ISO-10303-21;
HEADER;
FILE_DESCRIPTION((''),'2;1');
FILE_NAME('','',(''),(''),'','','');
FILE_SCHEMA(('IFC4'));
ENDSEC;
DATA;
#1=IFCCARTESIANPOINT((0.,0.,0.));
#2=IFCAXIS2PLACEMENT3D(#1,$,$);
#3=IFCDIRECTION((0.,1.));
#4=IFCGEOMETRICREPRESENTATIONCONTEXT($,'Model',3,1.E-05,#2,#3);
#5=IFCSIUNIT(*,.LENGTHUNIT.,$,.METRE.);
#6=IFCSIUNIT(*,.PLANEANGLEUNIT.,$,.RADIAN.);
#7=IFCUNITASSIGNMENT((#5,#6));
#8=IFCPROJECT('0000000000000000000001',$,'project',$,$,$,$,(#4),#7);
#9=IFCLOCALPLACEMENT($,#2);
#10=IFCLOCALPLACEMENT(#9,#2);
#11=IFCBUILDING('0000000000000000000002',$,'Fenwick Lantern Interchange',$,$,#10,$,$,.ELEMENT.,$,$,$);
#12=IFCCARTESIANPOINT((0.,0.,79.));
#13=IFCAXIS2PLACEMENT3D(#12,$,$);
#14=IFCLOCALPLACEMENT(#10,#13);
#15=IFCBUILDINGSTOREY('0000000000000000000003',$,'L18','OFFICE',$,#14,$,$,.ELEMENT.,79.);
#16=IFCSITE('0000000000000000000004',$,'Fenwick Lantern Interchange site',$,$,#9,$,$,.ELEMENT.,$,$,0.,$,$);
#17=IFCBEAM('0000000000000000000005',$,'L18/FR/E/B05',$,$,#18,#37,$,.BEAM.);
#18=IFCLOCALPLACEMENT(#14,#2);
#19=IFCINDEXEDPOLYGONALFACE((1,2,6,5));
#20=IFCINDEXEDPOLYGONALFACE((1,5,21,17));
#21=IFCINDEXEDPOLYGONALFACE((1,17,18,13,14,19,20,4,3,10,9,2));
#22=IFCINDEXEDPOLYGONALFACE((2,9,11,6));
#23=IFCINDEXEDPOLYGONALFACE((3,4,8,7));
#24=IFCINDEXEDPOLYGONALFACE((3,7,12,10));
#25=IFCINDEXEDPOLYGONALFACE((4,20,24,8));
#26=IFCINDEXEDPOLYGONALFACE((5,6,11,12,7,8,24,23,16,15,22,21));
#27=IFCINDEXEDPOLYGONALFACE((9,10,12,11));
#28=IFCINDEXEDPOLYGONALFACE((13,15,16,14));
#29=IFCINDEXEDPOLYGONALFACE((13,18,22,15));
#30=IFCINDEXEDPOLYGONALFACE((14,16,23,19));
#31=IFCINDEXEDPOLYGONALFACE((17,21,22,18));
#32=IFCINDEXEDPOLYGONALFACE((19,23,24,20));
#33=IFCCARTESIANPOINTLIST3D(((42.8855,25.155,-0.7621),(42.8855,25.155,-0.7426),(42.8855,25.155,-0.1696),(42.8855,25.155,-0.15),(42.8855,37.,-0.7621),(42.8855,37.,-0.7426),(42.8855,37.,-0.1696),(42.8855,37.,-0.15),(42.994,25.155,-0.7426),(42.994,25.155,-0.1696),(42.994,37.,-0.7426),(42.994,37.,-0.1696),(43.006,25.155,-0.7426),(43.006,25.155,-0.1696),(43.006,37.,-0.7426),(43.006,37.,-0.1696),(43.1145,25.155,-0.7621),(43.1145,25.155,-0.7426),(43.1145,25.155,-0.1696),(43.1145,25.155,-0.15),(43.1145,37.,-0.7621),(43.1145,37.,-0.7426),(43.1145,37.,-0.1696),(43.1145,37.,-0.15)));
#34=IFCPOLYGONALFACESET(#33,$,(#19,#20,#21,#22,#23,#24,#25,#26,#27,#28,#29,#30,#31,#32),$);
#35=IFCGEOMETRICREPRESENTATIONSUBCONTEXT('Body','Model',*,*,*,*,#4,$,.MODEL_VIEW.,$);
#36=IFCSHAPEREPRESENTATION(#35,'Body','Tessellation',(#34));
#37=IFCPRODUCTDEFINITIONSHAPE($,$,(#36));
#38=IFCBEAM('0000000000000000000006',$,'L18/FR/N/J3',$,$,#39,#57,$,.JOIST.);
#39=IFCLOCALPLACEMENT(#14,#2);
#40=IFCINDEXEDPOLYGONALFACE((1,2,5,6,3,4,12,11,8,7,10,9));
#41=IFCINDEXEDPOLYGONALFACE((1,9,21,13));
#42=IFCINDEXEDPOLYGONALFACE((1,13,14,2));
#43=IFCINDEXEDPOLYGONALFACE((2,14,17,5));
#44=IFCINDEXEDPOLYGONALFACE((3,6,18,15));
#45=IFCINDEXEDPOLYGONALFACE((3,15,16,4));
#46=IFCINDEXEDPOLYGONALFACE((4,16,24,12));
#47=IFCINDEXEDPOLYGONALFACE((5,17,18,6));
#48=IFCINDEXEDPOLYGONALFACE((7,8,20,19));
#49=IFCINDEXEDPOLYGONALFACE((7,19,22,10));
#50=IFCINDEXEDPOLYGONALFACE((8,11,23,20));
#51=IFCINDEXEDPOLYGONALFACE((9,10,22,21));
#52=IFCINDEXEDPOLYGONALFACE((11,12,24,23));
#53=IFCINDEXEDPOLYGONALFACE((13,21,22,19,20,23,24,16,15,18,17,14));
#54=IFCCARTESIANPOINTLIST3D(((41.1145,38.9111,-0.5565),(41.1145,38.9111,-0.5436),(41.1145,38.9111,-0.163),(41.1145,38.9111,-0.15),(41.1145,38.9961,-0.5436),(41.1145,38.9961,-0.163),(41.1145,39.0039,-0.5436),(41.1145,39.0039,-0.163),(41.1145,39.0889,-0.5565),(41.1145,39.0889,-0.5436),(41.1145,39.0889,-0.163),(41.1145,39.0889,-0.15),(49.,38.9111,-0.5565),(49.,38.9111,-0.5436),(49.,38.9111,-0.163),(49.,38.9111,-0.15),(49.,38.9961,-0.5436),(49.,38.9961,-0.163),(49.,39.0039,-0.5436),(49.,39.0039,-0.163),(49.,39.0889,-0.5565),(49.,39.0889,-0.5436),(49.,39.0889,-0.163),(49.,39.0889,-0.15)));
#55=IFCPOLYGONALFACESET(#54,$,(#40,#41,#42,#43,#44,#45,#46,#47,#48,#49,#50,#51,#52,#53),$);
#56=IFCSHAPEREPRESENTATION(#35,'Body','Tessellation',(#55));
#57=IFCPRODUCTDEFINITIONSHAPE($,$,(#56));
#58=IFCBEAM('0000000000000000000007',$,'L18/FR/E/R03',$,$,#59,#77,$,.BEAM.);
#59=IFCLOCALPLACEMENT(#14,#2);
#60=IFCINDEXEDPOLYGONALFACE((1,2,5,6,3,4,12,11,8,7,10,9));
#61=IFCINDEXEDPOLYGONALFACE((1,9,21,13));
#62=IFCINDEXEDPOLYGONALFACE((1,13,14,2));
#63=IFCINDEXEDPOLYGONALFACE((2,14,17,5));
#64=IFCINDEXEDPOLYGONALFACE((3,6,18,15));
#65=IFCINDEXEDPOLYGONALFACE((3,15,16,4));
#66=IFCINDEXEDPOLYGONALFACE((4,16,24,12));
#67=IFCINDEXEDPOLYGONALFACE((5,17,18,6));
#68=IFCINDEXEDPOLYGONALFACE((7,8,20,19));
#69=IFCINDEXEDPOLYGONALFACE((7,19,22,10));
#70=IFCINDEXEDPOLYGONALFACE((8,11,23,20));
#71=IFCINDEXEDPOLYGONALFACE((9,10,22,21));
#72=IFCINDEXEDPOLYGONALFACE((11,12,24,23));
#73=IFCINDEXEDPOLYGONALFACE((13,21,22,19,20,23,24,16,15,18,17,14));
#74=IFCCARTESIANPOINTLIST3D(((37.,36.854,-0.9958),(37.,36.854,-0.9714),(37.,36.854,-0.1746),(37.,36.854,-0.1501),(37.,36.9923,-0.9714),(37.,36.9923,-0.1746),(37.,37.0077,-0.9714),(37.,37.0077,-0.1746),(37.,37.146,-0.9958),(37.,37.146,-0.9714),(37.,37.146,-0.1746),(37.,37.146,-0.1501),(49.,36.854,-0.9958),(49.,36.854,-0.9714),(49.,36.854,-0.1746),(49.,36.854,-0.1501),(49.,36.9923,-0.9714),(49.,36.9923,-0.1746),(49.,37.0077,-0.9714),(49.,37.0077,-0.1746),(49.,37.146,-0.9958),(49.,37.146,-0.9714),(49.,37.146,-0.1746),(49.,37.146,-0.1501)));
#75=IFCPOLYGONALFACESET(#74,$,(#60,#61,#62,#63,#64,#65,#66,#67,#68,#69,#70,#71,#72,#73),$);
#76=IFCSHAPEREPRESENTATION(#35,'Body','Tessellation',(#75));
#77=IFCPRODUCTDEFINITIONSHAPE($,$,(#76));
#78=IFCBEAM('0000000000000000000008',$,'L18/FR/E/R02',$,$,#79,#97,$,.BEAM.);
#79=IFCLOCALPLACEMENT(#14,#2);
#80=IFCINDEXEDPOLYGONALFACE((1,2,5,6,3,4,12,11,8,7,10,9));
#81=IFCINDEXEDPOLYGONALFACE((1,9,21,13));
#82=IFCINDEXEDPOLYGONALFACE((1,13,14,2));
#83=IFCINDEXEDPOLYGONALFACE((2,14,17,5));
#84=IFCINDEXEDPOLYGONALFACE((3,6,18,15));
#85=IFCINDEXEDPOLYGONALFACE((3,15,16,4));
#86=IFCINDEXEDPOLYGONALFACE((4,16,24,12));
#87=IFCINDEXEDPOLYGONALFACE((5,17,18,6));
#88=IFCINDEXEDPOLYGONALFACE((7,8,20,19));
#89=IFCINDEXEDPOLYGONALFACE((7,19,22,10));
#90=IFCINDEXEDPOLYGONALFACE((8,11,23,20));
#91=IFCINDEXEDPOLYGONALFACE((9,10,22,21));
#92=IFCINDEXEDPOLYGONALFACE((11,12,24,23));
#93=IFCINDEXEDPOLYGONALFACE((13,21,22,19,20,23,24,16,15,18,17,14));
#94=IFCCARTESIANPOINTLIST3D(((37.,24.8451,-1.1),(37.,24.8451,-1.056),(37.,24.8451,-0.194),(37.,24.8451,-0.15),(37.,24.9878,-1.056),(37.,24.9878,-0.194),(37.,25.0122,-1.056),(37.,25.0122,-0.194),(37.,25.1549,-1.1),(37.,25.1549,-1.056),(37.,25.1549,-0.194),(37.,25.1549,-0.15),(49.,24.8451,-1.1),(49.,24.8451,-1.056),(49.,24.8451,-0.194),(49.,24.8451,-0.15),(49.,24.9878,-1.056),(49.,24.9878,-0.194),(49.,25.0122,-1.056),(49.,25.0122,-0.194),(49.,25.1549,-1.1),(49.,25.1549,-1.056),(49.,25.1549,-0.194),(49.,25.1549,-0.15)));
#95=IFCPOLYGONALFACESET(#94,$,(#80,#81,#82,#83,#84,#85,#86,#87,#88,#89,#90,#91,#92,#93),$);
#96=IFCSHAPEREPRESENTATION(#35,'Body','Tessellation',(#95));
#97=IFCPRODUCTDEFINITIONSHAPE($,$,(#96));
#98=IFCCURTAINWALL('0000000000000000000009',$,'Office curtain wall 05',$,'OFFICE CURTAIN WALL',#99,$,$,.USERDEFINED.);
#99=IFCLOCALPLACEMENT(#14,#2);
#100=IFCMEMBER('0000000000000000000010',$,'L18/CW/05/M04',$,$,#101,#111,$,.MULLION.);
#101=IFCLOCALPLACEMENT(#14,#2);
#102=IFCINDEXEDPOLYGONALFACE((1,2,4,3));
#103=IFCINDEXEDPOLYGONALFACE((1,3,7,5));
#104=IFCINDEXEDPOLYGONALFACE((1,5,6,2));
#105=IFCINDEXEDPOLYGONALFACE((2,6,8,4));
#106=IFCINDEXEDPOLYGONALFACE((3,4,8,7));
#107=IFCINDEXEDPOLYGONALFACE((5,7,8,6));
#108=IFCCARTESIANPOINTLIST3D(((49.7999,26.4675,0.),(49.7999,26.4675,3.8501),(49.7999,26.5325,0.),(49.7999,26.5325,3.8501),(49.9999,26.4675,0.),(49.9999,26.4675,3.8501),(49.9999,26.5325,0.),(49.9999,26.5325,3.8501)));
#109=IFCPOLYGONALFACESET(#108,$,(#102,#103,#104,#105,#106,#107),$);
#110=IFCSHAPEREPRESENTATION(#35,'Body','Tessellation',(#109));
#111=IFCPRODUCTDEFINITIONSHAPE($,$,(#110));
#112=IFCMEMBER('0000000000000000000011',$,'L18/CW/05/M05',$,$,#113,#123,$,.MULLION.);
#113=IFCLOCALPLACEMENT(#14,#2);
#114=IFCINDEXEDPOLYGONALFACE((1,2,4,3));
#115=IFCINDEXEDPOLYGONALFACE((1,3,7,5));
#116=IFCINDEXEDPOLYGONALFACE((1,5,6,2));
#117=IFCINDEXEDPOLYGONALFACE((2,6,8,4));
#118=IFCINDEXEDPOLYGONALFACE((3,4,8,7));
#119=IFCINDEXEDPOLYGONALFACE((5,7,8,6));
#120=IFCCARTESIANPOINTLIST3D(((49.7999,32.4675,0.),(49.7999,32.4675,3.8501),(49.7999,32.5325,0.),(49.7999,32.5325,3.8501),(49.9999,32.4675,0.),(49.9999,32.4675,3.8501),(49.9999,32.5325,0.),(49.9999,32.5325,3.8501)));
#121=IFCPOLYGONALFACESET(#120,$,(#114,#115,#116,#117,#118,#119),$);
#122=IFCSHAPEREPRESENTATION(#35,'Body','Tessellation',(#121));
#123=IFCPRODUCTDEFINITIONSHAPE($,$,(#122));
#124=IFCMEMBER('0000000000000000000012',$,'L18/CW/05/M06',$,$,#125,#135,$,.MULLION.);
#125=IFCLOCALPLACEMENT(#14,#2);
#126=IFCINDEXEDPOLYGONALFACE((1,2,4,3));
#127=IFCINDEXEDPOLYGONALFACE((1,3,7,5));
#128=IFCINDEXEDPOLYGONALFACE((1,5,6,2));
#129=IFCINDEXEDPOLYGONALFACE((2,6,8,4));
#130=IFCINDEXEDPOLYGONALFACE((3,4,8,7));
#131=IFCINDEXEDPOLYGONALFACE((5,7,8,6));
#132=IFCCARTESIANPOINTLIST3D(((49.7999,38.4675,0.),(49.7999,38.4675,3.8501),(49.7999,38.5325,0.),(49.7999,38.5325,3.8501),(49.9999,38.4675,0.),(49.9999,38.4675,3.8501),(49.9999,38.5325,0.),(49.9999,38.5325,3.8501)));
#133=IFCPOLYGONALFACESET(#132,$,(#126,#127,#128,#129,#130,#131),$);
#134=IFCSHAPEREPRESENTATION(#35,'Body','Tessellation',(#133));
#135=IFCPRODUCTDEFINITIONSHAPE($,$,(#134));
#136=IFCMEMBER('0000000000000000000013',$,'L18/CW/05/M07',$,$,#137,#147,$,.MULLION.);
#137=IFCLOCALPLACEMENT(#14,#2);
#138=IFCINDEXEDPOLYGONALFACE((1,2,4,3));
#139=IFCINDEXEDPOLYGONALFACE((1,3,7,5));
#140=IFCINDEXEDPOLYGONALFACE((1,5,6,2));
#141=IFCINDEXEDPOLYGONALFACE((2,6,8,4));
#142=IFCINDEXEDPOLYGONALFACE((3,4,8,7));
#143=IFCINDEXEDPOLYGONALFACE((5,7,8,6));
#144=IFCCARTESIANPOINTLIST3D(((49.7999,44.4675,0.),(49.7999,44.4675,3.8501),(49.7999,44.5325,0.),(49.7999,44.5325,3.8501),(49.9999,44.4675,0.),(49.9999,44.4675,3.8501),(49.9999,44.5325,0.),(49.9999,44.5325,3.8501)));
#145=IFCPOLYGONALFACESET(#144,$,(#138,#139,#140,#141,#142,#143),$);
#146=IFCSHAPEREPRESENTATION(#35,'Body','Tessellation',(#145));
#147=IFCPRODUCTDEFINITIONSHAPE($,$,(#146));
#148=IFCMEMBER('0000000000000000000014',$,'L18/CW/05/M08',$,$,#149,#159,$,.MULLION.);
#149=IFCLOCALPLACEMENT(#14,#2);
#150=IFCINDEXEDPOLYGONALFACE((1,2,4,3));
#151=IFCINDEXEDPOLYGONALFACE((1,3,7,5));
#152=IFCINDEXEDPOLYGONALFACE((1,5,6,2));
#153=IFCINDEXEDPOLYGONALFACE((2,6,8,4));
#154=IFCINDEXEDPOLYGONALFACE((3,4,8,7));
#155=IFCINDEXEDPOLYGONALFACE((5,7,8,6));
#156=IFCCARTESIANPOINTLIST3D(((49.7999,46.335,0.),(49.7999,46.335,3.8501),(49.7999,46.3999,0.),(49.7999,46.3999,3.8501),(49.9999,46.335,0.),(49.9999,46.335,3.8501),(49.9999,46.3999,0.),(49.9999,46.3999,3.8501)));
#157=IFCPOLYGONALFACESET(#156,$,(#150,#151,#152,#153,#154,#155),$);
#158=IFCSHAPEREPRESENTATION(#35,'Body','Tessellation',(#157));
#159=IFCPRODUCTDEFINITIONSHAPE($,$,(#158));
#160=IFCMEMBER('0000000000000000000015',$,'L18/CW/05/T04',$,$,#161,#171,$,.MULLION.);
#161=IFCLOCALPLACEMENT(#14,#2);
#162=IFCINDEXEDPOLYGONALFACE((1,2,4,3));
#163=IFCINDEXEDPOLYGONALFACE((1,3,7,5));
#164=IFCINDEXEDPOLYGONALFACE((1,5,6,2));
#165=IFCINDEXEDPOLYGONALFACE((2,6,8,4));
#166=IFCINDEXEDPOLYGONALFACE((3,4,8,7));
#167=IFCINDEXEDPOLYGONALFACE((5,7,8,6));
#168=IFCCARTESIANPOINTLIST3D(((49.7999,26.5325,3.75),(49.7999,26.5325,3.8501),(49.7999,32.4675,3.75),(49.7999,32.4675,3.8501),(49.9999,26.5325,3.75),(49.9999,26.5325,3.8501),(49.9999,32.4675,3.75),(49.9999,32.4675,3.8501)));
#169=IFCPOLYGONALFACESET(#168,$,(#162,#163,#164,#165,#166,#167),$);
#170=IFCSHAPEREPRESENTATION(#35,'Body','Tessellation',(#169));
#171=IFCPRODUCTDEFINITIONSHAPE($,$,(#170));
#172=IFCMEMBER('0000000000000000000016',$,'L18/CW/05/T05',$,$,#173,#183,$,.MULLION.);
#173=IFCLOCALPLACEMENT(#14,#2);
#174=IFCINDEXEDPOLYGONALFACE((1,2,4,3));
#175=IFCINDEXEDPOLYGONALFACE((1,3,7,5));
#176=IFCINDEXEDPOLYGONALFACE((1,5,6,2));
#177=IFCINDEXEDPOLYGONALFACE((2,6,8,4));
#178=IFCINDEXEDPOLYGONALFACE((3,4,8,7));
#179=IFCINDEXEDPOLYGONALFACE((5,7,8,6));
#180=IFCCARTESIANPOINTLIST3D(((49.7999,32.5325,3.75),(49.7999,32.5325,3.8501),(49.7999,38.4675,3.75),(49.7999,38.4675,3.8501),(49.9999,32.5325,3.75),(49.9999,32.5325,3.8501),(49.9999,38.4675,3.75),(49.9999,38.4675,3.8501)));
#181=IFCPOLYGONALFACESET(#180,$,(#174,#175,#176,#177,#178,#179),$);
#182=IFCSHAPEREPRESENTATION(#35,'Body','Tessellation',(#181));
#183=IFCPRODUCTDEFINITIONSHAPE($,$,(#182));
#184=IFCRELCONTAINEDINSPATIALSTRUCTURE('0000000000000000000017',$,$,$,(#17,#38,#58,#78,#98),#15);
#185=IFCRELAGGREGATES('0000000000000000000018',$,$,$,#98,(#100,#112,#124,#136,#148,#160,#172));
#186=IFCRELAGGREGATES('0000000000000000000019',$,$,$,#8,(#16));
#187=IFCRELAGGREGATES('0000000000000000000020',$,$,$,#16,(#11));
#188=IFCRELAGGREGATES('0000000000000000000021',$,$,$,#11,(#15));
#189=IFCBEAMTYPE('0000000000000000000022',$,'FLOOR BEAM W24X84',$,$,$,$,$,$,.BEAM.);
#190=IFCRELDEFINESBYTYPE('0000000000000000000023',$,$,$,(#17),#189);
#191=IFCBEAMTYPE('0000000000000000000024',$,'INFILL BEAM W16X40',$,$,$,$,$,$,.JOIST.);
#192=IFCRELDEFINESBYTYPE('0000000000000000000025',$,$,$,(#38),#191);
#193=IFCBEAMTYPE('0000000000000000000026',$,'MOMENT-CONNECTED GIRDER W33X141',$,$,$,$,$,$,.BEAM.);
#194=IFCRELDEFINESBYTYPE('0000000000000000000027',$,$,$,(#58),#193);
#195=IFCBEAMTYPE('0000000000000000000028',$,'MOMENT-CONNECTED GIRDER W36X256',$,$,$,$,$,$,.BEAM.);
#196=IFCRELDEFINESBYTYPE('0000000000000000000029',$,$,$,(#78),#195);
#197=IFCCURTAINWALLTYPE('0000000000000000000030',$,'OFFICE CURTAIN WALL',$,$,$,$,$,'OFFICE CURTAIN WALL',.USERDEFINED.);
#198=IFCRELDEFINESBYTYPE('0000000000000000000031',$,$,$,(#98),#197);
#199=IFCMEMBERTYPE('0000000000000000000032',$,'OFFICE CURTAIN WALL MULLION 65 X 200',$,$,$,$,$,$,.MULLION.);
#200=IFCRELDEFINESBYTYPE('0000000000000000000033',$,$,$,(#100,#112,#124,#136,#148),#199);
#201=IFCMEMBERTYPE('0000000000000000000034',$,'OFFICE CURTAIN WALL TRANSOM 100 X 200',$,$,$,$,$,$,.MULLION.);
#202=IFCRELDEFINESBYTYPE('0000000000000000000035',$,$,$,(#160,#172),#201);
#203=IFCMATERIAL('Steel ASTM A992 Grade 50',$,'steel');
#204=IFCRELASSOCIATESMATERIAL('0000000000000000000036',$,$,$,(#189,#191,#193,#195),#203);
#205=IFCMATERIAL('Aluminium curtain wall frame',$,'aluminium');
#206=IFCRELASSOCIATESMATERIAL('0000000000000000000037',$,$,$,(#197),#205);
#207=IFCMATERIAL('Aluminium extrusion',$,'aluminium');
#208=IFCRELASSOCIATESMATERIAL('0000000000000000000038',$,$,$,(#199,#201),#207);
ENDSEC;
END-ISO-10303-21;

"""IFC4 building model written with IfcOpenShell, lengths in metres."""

from ifc_helpers import new_model, si_unit, direction, frame, origin, origin_2d, place, context, subcontext, project, spatial, rectangle, i_section, extrude, material, material_profile, profile_set, type_object, element, aggregate, save


model = new_model("IFC4")

# Units and contexts
model_context = context("Model", 3, precision=1e-05, world=origin(), true_north=direction((0.0, 1.0)))
body_context = subcontext(model_context, "Body", "Model", "MODEL_VIEW")
ifc_project = project(units=[si_unit("LENGTHUNIT", "METRE"), si_unit("PLANEANGLEUNIT", "RADIAN")], contexts=[model_context])

# Site, building, storey
site_placement = place(None, origin())
site = spatial("IfcSite", under=ifc_project, at=site_placement, Name="Fenwick Lantern Interchange site", CompositionType="ELEMENT", RefElevation=0.0)
building_placement = place(site_placement, origin())
building = spatial("IfcBuilding", under=site, at=building_placement, Name="Fenwick Lantern Interchange", CompositionType="ELEMENT")
storey_placement = place(building_placement, frame((0.0, 0.0, 79.0)))
storey = spatial("IfcBuildingStorey", under=building, at=storey_placement, Name="L18", Description="OFFICE", CompositionType="ELEMENT", Elevation=79.0)

# Shared definitions
ifc_material_1 = material(Name="Steel ASTM A992 Grade 50", Category="steel")

# Beams
ifc_material_profile_1 = material_profile(ifc_material_1, i_section(OverallWidth=0.229, OverallDepth=0.6121, WebThickness=0.012, FlangeThickness=0.0195, at=origin_2d()), Name="W24X84")
ifc_profile_set_1 = profile_set([ifc_material_profile_1], Name="Steel ASTM A992 Grade 50")
beam_type_1 = type_object("IfcBeamType", Name="FLOOR BEAM W24X84", PredefinedType="BEAM", material=ifc_profile_set_1)
for number, where, z_axis, x_axis, name in (
    (1, (43.0, 25.155, -0.4561), (0.0, 1.0, 0.0), (-1.0, 0.0, 0.0), "L18/FR/E/B05"),
):
    element("IfcBeam", number, at=place(storey_placement, frame(where, z_axis=z_axis, x_axis=x_axis)), inside=storey, type_object=beam_type_1, Name=name, PredefinedType="BEAM", context=body_context, shape_type="SweptSolid", body=[
        extrude(i_section(OverallWidth=0.229, OverallDepth=0.6121, WebThickness=0.012, FlangeThickness=0.0195, at=origin_2d()), origin(), (0.0, 0.0, 1.0), 11.845),
    ])
ifc_material_profile_2 = material_profile(ifc_material_1, i_section(OverallWidth=0.1777, OverallDepth=0.4065, WebThickness=0.0078, FlangeThickness=0.0129, at=origin_2d()), Name="W16X40")
ifc_profile_set_2 = profile_set([ifc_material_profile_2], Name="Steel ASTM A992 Grade 50")
beam_type_2 = type_object("IfcBeamType", Name="INFILL BEAM W16X40", PredefinedType="JOIST", material=ifc_profile_set_2)
beam_1_placement = place(storey_placement, frame((49.0, 39.0, -0.3533), z_axis=(-1.0, 0.0, 0.0), x_axis=(0.0, -1.0, 0.0)))
element("IfcBeam", 2, at=beam_1_placement, inside=storey, type_object=beam_type_2, Name="L18/FR/N/J3", PredefinedType="JOIST", context=body_context, shape_type="SweptSolid", body=[
    extrude(i_section(OverallWidth=0.1777, OverallDepth=0.4065, WebThickness=0.0078, FlangeThickness=0.0129, at=origin_2d()), origin(), (0.0, 0.0, 1.0), 7.8855),
])
ifc_material_profile_3 = material_profile(ifc_material_1, i_section(OverallWidth=0.292, OverallDepth=0.8457, WebThickness=0.0154, FlangeThickness=0.0244, at=origin_2d()), Name="W33X141")
ifc_profile_set_3 = profile_set([ifc_material_profile_3], Name="Steel ASTM A992 Grade 50")
beam_type_3 = type_object("IfcBeamType", Name="MOMENT-CONNECTED GIRDER W33X141", PredefinedType="BEAM", material=ifc_profile_set_3)
beam_2_placement = place(storey_placement, frame((49.0, 37.0, -0.573), z_axis=(-1.0, 0.0, 0.0), x_axis=(0.0, -1.0, 0.0)))
element("IfcBeam", 3, at=beam_2_placement, inside=storey, type_object=beam_type_3, Name="L18/FR/E/R03", PredefinedType="BEAM", context=body_context, shape_type="SweptSolid", body=[
    extrude(i_section(OverallWidth=0.292, OverallDepth=0.8457, WebThickness=0.0154, FlangeThickness=0.0244, at=origin_2d()), origin(), (0.0, 0.0, 1.0), 12.0),
])
ifc_material_profile_4 = material_profile(ifc_material_1, i_section(OverallWidth=0.3098, OverallDepth=0.95, WebThickness=0.0244, FlangeThickness=0.0439, at=origin_2d()), Name="W36X256")
ifc_profile_set_4 = profile_set([ifc_material_profile_4], Name="Steel ASTM A992 Grade 50")
beam_type_4 = type_object("IfcBeamType", Name="MOMENT-CONNECTED GIRDER W36X256", PredefinedType="BEAM", material=ifc_profile_set_4)
beam_3_placement = place(storey_placement, frame((49.0, 25.0, -0.625), z_axis=(-1.0, 0.0, 0.0), x_axis=(0.0, -1.0, 0.0)))
element("IfcBeam", 4, at=beam_3_placement, inside=storey, type_object=beam_type_4, Name="L18/FR/E/R02", PredefinedType="BEAM", context=body_context, shape_type="SweptSolid", body=[
    extrude(i_section(OverallWidth=0.3098, OverallDepth=0.95, WebThickness=0.0244, FlangeThickness=0.0439, at=origin_2d()), origin(), (0.0, 0.0, 1.0), 12.0),
])

# Curtain wall, members
ifc_material_2 = material(Name="Aluminium curtain wall frame", Category="aluminium")
curtain_wall_type = type_object("IfcCurtainWallType", Name="OFFICE CURTAIN WALL", ElementType="OFFICE CURTAIN WALL", PredefinedType="USERDEFINED", material=ifc_material_2)
curtain_wall_placement = place(storey_placement, origin())
curtain_wall = element("IfcCurtainWall", 5, at=curtain_wall_placement, inside=storey, type_object=curtain_wall_type, Name="Office curtain wall 05", ObjectType="OFFICE CURTAIN WALL", PredefinedType="USERDEFINED")
ifc_material_3 = material(Name="Aluminium extrusion", Category="aluminium")
ifc_material_profile_5 = material_profile(ifc_material_3, rectangle(XDim=0.2, YDim=0.0649, at=origin_2d()), Name="OFFICE CURTAIN WALL MULLION 65 X 200")
ifc_profile_set_5 = profile_set([ifc_material_profile_5], Name="Aluminium extrusion")
member_type_1 = type_object("IfcMemberType", Name="OFFICE CURTAIN WALL MULLION 65 X 200", PredefinedType="MULLION", material=ifc_profile_set_5)
member_1_placement = place(storey_placement, frame((49.8999, 26.5, 0.0), z_axis=(0.0, 0.0, 1.0), x_axis=(-1.0, 0.0, 0.0)))
member_1 = element("IfcMember", 6, at=member_1_placement, type_object=member_type_1, Name="L18/CW/05/M04", PredefinedType="MULLION", context=body_context, shape_type="SweptSolid", body=[
    extrude(rectangle(XDim=0.2, YDim=0.0649, at=origin_2d()), origin(), (0.0, 0.0, 1.0), 3.8501),
])
member_2_placement = place(storey_placement, frame((49.8999, 32.5, 0.0), z_axis=(0.0, 0.0, 1.0), x_axis=(-1.0, 0.0, 0.0)))
member_2 = element("IfcMember", 7, at=member_2_placement, type_object=member_type_1, Name="L18/CW/05/M05", PredefinedType="MULLION", context=body_context, shape_type="SweptSolid", body=[
    extrude(rectangle(XDim=0.2, YDim=0.0649, at=origin_2d()), origin(), (0.0, 0.0, 1.0), 3.8501),
])
member_3_placement = place(storey_placement, frame((49.8999, 38.5, 0.0), z_axis=(0.0, 0.0, 1.0), x_axis=(-1.0, 0.0, 0.0)))
member_3 = element("IfcMember", 8, at=member_3_placement, type_object=member_type_1, Name="L18/CW/05/M06", PredefinedType="MULLION", context=body_context, shape_type="SweptSolid", body=[
    extrude(rectangle(XDim=0.2, YDim=0.0649, at=origin_2d()), origin(), (0.0, 0.0, 1.0), 3.8501),
])
member_4_placement = place(storey_placement, frame((49.8999, 44.5, 0.0), z_axis=(0.0, 0.0, 1.0), x_axis=(-1.0, 0.0, 0.0)))
member_4 = element("IfcMember", 9, at=member_4_placement, type_object=member_type_1, Name="L18/CW/05/M07", PredefinedType="MULLION", context=body_context, shape_type="SweptSolid", body=[
    extrude(rectangle(XDim=0.2, YDim=0.0649, at=origin_2d()), origin(), (0.0, 0.0, 1.0), 3.8501),
])
member_5_placement = place(storey_placement, frame((49.8999, 46.3674, 0.0), z_axis=(0.0, 0.0, 1.0), x_axis=(-1.0, 0.0, 0.0)))
member_5 = element("IfcMember", 10, at=member_5_placement, type_object=member_type_1, Name="L18/CW/05/M08", PredefinedType="MULLION", context=body_context, shape_type="SweptSolid", body=[
    extrude(rectangle(XDim=0.2, YDim=0.0649, at=origin_2d()), origin(), (0.0, 0.0, 1.0), 3.8501),
])
ifc_material_profile_6 = material_profile(ifc_material_3, rectangle(XDim=0.2, YDim=0.1001, at=origin_2d()), Name="OFFICE CURTAIN WALL TRANSOM 100 X 200")
ifc_profile_set_6 = profile_set([ifc_material_profile_6], Name="Aluminium extrusion")
member_type_2 = type_object("IfcMemberType", Name="OFFICE CURTAIN WALL TRANSOM 100 X 200", PredefinedType="MULLION", material=ifc_profile_set_6)
member_6_placement = place(storey_placement, frame((49.8999, 26.5325, 3.8), z_axis=(0.0, 1.0, 0.0), x_axis=(-1.0, 0.0, 0.0)))
member_6 = element("IfcMember", 11, at=member_6_placement, type_object=member_type_2, Name="L18/CW/05/T04", PredefinedType="MULLION", context=body_context, shape_type="SweptSolid", body=[
    extrude(rectangle(XDim=0.2, YDim=0.1001, at=origin_2d()), origin(), (0.0, 0.0, 1.0), 5.9351),
])
member_7_placement = place(storey_placement, frame((49.8999, 32.5325, 3.8), z_axis=(0.0, 1.0, 0.0), x_axis=(-1.0, 0.0, 0.0)))
member_7 = element("IfcMember", 12, at=member_7_placement, type_object=member_type_2, Name="L18/CW/05/T05", PredefinedType="MULLION", context=body_context, shape_type="SweptSolid", body=[
    extrude(rectangle(XDim=0.2, YDim=0.1001, at=origin_2d()), origin(), (0.0, 0.0, 1.0), 5.9351),
])
aggregate(curtain_wall, [member_1, member_2, member_3, member_4, member_5, member_6, member_7])

save(model, "model.ifc")
